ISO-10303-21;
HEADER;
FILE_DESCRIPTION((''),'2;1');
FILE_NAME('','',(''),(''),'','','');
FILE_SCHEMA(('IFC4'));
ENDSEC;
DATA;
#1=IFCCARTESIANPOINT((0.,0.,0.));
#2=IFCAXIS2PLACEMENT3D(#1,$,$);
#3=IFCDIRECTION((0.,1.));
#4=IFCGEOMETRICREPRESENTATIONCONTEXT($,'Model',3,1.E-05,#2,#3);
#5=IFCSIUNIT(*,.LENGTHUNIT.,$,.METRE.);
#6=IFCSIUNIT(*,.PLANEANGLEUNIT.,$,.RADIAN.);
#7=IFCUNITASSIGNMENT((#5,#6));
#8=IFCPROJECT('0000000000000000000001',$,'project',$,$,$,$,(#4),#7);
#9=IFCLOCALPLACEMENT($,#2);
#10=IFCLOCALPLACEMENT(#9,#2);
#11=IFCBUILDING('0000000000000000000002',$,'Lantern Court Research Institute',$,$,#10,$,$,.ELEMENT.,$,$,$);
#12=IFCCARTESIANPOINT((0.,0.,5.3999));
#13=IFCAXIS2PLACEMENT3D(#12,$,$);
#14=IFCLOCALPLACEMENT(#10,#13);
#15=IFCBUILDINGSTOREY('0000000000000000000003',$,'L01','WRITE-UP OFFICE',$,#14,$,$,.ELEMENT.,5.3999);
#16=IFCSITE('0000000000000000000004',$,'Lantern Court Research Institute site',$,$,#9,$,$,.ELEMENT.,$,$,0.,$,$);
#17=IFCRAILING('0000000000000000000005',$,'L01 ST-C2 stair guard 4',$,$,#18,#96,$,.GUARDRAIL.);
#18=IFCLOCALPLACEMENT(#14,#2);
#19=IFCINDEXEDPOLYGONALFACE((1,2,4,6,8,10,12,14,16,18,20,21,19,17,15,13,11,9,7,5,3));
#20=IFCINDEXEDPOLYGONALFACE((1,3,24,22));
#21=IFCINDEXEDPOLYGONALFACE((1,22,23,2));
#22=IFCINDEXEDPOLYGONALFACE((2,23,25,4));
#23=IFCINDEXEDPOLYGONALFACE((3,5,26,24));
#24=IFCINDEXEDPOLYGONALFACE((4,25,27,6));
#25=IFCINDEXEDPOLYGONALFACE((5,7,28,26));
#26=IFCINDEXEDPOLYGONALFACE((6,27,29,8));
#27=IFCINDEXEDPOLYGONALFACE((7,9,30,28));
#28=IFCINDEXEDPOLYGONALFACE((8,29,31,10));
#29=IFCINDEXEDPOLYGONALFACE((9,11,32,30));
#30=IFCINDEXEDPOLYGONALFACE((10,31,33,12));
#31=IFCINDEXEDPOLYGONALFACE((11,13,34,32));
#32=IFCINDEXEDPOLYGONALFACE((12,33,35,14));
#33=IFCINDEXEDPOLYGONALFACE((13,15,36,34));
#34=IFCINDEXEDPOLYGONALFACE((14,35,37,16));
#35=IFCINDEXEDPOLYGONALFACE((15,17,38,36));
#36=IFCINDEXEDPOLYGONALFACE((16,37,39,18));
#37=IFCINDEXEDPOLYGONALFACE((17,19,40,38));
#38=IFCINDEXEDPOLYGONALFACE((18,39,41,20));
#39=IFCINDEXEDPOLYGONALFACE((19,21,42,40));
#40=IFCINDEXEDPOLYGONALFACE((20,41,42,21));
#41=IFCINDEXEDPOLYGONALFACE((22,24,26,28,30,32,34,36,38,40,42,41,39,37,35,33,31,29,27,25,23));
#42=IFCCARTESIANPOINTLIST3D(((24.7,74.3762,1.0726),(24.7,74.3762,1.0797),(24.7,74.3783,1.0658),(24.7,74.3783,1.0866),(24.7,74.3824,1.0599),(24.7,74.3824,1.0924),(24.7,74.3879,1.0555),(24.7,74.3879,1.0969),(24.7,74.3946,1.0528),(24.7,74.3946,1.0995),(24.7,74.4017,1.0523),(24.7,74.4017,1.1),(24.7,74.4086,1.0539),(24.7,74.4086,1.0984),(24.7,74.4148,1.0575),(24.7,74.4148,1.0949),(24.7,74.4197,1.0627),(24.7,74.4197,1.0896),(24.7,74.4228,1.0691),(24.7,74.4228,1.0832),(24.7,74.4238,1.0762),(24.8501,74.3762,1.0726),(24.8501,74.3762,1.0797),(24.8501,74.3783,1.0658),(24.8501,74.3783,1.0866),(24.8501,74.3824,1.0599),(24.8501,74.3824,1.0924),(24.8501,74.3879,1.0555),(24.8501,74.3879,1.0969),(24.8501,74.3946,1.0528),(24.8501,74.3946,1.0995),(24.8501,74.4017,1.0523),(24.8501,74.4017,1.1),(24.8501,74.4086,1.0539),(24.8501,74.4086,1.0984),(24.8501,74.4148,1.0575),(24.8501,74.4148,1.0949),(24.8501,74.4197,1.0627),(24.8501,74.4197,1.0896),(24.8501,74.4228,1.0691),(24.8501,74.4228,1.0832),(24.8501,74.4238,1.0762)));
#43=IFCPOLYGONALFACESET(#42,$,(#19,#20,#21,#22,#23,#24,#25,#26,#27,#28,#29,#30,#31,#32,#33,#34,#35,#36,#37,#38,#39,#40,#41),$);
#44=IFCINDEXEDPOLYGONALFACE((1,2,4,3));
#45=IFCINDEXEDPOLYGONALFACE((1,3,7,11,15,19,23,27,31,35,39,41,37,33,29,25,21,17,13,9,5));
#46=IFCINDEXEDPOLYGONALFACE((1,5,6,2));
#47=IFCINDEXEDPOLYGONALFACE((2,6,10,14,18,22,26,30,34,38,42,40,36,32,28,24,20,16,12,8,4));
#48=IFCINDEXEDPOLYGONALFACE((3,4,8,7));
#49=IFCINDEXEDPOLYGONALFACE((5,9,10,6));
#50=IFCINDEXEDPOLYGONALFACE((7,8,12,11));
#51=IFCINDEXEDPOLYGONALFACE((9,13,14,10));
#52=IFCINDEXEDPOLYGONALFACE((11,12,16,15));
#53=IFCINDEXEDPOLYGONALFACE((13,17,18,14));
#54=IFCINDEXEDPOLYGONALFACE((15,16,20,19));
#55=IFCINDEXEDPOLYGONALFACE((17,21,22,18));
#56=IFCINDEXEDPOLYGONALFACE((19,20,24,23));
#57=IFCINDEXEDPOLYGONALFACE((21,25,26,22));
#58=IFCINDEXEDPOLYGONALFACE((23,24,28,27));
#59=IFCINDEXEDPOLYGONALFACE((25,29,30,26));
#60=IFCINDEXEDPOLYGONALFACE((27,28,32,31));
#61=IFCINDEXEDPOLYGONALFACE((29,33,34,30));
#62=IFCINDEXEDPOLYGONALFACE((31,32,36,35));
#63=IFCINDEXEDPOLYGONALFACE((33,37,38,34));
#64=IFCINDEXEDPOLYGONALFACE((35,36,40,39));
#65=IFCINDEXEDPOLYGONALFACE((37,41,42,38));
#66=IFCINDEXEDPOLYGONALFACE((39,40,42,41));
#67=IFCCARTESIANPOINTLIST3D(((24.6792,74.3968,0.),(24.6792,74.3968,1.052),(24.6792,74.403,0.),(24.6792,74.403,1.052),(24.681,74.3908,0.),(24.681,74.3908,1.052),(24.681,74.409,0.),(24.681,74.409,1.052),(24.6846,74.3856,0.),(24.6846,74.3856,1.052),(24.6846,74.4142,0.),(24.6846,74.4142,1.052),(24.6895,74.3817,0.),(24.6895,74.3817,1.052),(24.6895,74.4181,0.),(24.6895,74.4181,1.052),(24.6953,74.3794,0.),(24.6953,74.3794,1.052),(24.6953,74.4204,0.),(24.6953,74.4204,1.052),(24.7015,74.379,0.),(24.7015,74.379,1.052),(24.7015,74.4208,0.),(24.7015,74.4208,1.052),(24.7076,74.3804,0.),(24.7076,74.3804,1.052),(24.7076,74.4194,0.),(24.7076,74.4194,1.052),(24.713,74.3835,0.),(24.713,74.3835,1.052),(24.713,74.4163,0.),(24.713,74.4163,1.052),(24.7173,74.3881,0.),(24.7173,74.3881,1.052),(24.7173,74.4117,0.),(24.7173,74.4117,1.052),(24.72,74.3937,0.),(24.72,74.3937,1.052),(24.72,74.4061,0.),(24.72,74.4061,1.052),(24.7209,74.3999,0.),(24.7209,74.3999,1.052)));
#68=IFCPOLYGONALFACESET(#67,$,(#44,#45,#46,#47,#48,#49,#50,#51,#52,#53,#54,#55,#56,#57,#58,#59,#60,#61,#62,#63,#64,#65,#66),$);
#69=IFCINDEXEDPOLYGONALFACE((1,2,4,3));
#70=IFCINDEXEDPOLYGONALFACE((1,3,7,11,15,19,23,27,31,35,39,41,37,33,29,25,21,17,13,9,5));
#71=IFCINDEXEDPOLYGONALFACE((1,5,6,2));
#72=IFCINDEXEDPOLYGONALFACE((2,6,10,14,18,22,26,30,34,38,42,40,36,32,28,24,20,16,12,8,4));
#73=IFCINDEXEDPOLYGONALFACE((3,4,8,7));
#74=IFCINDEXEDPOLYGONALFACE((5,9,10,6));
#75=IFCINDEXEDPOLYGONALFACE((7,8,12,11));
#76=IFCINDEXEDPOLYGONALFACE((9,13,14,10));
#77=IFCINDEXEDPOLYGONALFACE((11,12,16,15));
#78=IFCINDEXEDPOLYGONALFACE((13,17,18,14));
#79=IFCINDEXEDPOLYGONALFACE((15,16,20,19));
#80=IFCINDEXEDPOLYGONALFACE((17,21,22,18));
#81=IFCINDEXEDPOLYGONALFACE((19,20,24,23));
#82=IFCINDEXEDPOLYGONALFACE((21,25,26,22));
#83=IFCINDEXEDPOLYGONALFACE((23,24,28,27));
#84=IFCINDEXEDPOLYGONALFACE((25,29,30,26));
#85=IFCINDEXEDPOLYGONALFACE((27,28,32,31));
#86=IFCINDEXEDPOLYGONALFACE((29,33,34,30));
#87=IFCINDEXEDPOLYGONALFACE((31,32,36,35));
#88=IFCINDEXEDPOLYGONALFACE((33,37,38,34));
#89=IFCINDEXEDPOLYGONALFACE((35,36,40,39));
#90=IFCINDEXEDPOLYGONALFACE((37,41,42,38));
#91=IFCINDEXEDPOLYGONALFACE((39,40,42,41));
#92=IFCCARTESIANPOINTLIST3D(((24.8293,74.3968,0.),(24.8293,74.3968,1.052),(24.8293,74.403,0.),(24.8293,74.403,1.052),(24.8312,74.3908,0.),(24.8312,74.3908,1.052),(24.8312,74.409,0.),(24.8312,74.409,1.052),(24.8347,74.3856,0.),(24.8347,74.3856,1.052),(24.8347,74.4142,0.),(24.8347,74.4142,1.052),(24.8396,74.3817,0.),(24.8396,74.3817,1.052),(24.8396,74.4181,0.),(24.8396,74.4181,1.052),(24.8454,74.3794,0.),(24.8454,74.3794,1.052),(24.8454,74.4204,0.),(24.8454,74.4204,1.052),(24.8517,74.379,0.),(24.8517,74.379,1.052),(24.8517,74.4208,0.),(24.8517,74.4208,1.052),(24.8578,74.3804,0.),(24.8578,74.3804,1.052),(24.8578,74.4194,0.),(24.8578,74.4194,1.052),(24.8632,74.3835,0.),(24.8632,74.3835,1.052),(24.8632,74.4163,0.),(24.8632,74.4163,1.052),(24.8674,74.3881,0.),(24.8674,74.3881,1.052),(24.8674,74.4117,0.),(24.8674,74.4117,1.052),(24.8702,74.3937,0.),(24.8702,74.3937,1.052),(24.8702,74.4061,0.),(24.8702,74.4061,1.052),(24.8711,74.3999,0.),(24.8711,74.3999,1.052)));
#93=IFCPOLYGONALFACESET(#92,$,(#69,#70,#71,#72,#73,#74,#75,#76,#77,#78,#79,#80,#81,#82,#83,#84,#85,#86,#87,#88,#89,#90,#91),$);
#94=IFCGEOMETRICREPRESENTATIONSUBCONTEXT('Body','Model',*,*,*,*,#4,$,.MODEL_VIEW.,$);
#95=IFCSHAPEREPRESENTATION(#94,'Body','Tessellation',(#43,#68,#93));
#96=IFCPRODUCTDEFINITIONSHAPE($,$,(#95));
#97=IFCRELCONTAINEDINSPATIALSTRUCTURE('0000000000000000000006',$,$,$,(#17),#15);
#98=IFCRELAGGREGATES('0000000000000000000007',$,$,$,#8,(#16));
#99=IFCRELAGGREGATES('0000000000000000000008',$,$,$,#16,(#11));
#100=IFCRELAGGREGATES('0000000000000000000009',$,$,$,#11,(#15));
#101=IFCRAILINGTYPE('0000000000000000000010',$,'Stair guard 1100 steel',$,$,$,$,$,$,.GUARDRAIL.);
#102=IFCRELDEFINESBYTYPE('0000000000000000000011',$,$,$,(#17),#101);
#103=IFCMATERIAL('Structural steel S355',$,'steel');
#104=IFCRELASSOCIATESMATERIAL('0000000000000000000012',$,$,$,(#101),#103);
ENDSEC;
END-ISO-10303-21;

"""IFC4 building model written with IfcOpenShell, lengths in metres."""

from ifc_helpers import new_model, si_unit, direction, frame, origin, origin_2d, place, context, subcontext, project, spatial, circle, extrude, material, type_object, element, save


model = new_model("IFC4")

# Units and contexts
model_context = context("Model", 3, precision=1e-05, world=origin(), true_north=direction((0.0, 1.0)))
body_context = subcontext(model_context, "Body", "Model", "MODEL_VIEW")
ifc_project = project(units=[si_unit("LENGTHUNIT", "METRE"), si_unit("PLANEANGLEUNIT", "RADIAN")], contexts=[model_context])

# Site, building, storey
site_placement = place(None, origin())
site = spatial("IfcSite", under=ifc_project, at=site_placement, Name="Lantern Court Research Institute site", CompositionType="ELEMENT", RefElevation=0.0)
building_placement = place(site_placement, origin())
building = spatial("IfcBuilding", under=site, at=building_placement, Name="Lantern Court Research Institute", CompositionType="ELEMENT")
storey_placement = place(building_placement, frame((0.0, 0.0, 5.3999)))
storey = spatial("IfcBuildingStorey", under=building, at=storey_placement, Name="L01", Description="WRITE-UP OFFICE", CompositionType="ELEMENT", Elevation=5.3999)

# Railing
ifc_material_1 = material(Name="Structural steel S355", Category="steel")
railing_type_1 = type_object("IfcRailingType", Name="Stair guard 1100 steel", PredefinedType="GUARDRAIL", material=ifc_material_1)
railing_1_placement = place(storey_placement, frame((24.7, 74.3999, 0.0)))
element("IfcRailing", 1, at=railing_1_placement, inside=storey, type_object=railing_type_1, Name="L01 ST-C2 stair guard 4", PredefinedType="GUARDRAIL", context=body_context, shape_type="SweptSolid", body=[
    extrude(circle(Radius=0.0239, at=origin_2d()), frame((0.0, 0.0, 1.0762), z_axis=(1.0, 0.0, 0.0), x_axis=(0.0, 1.0, 0.0)), (0.0, 0.0, 1.0), 0.1501),
    extrude(circle(Radius=0.021, at=origin_2d()), origin(), (0.0, 0.0, 1.0), 1.052),
    extrude(circle(Radius=0.021, at=origin_2d()), frame((0.1501, 0.0, 0.0)), (0.0, 0.0, 1.0), 1.052),
])

save(model, "model.ifc")
